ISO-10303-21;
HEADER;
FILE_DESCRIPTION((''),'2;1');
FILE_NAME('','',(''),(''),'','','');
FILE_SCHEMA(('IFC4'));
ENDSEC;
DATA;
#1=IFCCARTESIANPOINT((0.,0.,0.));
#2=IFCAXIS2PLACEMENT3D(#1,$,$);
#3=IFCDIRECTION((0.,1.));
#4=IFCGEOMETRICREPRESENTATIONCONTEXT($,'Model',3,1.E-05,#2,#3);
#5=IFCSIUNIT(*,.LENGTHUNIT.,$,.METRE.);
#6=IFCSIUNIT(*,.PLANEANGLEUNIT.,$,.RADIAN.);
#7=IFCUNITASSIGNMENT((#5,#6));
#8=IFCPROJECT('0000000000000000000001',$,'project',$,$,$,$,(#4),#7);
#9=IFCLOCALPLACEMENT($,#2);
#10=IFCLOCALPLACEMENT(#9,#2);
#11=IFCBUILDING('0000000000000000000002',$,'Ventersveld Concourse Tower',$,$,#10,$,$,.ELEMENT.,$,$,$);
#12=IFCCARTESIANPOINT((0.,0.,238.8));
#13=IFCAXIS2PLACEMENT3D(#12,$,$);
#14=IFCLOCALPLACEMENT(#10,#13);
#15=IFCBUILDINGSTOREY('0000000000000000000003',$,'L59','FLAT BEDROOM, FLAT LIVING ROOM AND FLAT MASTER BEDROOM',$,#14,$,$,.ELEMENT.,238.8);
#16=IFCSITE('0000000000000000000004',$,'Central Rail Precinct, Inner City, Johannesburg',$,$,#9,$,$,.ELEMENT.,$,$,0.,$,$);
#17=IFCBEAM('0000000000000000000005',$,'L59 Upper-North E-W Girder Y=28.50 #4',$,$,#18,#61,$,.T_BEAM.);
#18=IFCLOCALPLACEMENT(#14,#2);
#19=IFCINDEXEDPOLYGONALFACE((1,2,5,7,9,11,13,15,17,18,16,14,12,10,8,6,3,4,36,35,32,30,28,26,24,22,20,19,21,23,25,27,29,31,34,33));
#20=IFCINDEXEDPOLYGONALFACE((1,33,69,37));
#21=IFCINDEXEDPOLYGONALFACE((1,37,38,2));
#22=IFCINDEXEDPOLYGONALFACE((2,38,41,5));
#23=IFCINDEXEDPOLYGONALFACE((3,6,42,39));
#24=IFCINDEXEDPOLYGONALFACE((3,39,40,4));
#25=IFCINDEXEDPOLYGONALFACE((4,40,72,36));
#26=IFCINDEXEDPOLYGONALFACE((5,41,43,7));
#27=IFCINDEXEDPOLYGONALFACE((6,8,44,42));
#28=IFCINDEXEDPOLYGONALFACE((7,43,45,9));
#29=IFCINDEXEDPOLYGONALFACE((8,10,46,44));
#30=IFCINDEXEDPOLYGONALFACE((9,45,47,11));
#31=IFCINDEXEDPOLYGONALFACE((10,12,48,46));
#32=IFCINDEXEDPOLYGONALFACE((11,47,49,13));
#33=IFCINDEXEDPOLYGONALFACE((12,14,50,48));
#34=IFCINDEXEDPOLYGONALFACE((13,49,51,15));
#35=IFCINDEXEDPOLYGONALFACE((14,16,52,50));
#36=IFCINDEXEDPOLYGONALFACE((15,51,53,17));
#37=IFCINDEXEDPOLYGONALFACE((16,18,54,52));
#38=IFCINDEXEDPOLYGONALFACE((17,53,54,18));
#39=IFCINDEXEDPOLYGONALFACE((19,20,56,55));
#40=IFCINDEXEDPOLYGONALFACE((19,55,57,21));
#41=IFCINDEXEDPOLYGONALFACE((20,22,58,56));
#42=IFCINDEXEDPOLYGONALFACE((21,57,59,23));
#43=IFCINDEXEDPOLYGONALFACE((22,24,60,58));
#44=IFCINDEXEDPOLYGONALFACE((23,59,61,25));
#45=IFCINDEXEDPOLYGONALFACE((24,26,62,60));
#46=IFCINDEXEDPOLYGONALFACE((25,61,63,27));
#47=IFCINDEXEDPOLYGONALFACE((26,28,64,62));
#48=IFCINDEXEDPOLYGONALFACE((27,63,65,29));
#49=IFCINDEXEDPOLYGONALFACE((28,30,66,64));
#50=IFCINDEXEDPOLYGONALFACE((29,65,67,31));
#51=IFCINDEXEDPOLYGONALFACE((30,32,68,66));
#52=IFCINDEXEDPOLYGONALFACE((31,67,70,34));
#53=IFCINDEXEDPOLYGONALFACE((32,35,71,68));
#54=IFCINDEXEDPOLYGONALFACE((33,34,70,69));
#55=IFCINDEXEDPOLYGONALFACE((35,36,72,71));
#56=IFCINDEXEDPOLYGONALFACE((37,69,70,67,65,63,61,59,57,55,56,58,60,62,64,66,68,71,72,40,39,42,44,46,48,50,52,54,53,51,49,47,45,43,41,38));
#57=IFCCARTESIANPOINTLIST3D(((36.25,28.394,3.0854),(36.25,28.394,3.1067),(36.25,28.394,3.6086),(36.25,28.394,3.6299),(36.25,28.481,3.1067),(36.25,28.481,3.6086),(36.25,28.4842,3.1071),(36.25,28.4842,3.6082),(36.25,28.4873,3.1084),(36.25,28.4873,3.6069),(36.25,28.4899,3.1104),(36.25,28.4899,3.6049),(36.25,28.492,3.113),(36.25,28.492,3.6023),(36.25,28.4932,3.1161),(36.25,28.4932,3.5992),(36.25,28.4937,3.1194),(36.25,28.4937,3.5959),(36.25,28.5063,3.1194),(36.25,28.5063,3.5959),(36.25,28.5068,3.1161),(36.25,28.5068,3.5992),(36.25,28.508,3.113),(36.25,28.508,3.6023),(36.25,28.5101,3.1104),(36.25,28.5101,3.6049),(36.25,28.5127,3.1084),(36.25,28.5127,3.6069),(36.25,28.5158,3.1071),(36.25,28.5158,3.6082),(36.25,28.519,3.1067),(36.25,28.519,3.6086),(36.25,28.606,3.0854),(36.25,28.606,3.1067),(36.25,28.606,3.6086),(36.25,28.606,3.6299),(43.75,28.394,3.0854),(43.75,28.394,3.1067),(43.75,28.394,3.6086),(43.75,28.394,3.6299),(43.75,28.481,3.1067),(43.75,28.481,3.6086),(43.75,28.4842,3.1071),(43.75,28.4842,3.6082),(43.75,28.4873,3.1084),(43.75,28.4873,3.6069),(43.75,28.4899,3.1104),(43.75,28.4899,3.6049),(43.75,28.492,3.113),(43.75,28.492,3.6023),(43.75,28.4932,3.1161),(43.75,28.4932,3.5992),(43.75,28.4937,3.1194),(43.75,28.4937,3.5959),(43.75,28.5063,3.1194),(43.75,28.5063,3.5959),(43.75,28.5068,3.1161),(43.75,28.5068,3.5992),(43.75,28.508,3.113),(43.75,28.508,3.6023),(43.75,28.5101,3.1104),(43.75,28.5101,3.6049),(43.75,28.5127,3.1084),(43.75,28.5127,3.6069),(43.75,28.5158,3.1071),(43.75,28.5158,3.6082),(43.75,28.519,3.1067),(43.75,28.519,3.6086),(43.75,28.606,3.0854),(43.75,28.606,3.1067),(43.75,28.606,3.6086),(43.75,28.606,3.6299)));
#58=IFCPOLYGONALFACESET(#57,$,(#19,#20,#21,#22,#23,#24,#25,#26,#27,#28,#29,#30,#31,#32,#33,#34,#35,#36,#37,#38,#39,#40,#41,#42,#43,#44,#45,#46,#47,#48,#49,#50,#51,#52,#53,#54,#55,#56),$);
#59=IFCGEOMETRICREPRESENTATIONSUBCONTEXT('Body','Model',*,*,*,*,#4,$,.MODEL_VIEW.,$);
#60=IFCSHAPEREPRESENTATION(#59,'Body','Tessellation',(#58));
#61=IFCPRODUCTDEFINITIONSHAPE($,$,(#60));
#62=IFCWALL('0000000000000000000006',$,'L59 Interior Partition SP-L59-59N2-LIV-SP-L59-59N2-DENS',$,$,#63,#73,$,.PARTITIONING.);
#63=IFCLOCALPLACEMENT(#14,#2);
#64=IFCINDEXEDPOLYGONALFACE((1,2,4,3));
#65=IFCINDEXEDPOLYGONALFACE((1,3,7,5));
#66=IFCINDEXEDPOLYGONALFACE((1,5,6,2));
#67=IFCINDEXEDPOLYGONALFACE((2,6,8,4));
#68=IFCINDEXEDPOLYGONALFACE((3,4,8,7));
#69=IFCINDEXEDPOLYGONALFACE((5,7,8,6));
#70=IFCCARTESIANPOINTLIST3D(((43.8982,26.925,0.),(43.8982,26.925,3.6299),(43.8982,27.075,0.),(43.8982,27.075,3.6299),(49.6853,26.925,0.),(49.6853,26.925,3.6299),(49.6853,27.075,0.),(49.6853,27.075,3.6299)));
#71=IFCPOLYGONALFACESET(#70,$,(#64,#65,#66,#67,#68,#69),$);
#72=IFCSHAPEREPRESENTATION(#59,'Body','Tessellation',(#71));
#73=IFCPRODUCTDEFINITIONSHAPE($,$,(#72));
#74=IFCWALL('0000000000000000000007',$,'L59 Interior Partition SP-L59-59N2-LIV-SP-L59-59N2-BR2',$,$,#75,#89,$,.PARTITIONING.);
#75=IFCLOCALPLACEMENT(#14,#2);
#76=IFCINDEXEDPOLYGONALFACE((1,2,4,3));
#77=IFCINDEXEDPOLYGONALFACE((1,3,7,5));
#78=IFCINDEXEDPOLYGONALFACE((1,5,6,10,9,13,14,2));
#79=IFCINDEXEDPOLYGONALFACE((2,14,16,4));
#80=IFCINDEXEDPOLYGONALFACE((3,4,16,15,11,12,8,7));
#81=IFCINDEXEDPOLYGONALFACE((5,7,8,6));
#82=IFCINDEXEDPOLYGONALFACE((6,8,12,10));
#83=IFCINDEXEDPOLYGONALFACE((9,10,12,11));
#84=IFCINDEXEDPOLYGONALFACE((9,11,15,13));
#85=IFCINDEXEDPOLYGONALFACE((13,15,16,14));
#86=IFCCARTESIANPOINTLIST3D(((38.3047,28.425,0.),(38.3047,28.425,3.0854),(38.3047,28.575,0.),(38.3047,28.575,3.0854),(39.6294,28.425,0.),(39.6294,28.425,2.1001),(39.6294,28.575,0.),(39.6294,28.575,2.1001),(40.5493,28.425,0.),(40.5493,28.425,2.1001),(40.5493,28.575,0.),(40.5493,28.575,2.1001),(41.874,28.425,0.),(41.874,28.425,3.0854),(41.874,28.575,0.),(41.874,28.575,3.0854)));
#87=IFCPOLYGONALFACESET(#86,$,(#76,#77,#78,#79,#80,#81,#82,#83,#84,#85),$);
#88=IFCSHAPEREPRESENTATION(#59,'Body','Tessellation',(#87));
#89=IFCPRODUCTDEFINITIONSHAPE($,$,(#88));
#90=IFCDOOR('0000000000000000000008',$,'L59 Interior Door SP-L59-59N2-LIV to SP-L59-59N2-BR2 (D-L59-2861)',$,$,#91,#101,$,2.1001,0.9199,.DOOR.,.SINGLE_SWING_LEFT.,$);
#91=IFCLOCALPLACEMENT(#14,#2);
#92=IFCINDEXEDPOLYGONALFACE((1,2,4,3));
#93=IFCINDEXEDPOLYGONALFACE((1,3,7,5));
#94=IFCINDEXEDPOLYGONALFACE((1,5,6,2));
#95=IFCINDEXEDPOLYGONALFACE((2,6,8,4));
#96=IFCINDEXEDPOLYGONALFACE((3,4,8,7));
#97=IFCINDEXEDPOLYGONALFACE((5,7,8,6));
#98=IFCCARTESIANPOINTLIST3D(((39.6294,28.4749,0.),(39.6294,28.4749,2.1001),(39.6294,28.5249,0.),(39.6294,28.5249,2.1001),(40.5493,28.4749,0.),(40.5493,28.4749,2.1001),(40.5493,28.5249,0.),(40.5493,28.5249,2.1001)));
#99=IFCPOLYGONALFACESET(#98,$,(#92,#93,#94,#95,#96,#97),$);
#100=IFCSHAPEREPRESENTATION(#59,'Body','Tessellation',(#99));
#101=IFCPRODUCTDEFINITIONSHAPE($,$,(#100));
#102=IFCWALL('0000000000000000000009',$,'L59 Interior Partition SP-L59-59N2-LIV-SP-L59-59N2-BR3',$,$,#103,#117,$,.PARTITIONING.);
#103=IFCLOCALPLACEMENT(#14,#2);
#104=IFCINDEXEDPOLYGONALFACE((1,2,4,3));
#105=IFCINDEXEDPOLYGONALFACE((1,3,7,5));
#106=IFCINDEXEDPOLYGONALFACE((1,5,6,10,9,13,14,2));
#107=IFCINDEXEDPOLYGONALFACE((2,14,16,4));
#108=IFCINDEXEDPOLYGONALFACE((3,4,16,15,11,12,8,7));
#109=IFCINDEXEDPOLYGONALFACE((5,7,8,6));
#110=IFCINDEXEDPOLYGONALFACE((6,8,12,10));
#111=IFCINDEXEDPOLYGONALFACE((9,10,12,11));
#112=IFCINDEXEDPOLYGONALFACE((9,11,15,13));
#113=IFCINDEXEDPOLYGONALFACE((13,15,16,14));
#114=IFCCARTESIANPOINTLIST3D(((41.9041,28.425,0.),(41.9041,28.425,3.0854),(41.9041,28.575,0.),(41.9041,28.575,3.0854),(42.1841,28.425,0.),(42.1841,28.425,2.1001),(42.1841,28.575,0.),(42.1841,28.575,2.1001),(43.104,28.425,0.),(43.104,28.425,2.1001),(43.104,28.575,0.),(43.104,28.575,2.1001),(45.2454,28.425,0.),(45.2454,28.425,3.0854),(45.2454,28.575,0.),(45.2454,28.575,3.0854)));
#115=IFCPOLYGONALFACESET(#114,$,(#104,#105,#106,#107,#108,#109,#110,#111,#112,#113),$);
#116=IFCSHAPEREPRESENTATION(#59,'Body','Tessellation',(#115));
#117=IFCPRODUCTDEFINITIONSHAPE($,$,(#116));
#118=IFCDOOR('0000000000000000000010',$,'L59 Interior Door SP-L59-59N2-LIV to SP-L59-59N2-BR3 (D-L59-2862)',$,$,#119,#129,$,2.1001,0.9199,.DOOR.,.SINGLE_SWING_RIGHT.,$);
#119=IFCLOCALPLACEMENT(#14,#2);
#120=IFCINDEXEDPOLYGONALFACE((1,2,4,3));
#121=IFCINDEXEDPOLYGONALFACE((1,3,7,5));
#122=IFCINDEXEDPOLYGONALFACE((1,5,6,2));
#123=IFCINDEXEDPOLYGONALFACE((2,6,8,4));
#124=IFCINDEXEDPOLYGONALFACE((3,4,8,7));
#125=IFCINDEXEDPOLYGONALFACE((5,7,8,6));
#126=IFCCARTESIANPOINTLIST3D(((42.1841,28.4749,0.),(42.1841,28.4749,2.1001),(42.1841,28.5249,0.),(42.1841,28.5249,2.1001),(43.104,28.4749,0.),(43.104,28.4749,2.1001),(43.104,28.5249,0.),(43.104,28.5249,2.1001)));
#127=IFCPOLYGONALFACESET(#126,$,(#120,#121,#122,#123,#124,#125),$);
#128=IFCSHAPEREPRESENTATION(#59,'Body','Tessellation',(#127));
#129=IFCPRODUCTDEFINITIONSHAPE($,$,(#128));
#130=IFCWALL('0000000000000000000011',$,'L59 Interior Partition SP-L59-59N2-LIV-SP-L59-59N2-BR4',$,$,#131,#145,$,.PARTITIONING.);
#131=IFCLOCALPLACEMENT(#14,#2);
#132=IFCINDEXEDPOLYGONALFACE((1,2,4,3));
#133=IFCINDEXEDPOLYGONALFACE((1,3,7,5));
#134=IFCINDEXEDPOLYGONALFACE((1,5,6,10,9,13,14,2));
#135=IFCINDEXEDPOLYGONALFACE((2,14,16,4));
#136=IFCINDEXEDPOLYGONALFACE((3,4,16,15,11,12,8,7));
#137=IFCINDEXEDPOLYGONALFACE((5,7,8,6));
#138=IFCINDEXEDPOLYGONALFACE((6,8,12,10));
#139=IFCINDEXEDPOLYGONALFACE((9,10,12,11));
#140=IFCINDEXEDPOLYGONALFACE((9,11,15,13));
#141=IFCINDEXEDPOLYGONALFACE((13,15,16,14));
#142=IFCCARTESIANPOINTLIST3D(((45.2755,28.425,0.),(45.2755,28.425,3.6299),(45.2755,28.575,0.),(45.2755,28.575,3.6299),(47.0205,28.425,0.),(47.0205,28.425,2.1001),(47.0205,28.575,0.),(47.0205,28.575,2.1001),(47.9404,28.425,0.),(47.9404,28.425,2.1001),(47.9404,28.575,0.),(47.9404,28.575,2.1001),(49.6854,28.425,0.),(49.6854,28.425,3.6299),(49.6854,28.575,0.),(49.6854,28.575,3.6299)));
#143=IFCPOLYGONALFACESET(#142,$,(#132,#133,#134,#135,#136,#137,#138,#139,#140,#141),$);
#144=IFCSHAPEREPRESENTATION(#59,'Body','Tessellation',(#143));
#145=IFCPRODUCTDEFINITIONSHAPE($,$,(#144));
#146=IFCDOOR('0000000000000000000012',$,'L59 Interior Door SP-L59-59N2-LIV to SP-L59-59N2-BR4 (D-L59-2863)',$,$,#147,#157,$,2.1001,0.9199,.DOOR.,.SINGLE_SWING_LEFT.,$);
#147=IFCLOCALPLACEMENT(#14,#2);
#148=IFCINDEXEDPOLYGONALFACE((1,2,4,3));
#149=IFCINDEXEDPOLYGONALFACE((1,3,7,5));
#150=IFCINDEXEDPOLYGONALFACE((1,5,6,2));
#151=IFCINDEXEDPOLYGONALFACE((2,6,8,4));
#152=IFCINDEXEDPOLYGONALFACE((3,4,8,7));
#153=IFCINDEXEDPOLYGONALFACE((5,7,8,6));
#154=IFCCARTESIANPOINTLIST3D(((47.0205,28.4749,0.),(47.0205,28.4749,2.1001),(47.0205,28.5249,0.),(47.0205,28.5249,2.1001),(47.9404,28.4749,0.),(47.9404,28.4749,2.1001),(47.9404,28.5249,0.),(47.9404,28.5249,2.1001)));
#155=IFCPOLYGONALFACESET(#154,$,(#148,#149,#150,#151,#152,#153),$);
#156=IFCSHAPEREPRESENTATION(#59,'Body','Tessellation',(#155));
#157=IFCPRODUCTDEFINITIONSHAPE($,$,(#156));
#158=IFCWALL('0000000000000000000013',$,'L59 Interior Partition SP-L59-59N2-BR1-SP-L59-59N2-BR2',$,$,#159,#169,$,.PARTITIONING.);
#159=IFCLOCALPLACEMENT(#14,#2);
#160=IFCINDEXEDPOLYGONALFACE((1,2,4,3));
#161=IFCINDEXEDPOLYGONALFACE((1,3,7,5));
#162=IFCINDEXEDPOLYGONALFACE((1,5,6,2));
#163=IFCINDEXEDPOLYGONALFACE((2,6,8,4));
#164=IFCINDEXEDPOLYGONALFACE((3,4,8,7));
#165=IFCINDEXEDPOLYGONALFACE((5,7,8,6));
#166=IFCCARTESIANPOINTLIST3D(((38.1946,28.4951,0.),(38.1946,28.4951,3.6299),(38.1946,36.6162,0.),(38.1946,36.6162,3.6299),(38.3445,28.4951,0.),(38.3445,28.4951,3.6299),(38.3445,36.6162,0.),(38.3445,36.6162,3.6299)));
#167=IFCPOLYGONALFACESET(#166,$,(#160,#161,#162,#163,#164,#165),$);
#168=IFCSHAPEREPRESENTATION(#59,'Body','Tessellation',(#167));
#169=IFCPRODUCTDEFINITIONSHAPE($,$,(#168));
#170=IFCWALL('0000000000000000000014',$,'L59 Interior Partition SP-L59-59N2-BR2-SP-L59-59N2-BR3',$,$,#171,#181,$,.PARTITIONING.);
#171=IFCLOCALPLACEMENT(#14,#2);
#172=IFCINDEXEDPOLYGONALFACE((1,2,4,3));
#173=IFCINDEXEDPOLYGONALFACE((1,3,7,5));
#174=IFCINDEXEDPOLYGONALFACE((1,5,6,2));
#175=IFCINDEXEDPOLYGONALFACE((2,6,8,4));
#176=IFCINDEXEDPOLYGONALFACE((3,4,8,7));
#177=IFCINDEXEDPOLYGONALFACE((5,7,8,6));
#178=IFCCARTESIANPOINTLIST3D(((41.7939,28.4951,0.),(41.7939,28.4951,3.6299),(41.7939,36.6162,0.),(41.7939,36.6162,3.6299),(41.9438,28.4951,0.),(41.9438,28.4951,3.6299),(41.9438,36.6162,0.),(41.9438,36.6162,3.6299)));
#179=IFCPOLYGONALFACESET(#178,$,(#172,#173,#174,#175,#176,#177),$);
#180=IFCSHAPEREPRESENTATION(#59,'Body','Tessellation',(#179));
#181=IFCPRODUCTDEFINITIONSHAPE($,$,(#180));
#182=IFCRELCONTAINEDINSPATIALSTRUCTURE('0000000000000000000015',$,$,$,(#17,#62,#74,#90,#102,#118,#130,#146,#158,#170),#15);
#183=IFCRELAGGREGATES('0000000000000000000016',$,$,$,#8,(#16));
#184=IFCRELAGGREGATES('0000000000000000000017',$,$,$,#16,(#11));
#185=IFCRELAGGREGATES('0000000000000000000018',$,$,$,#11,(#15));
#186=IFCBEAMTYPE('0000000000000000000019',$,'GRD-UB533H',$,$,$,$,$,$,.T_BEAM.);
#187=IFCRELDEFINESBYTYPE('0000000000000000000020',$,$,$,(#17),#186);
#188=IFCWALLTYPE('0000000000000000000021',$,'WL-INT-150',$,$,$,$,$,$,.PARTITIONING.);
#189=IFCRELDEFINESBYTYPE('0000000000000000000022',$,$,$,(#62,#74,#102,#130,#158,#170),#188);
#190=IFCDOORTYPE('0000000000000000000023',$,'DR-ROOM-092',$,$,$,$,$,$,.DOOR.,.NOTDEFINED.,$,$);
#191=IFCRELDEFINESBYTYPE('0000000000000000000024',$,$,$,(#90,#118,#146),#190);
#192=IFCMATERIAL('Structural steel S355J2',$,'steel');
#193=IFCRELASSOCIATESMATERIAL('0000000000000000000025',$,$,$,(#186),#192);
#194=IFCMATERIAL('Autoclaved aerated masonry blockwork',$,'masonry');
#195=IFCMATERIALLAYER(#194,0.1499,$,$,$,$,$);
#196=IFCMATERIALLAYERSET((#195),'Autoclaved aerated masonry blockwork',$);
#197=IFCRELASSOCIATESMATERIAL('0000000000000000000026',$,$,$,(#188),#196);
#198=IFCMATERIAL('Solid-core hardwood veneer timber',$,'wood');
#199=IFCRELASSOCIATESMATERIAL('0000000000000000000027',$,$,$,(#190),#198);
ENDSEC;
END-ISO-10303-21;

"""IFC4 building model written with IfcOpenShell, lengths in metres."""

from ifc_helpers import new_model, si_unit, direction, frame, frame_2d, origin, origin_2d, place, context, subcontext, project, spatial, rectangle, i_section, extrude, material, layer, layer_set, material_profile, profile_set, type_object, element, fill, save


model = new_model("IFC4")

# Units and contexts
model_context = context("Model", 3, precision=1e-05, world=origin(), true_north=direction((0.0, 1.0)))
body_context = subcontext(model_context, "Body", "Model", "MODEL_VIEW")
ifc_project = project(units=[si_unit("LENGTHUNIT", "METRE"), si_unit("PLANEANGLEUNIT", "RADIAN")], contexts=[model_context])

# Site, building, storey
site_placement = place(None, origin())
site = spatial("IfcSite", under=ifc_project, at=site_placement, Name="Central Rail Precinct, Inner City, Johannesburg", CompositionType="ELEMENT", RefElevation=0.0)
building_placement = place(site_placement, origin())
building = spatial("IfcBuilding", under=site, at=building_placement, Name="Ventersveld Concourse Tower", CompositionType="ELEMENT")
storey_placement = place(building_placement, frame((0.0, 0.0, 238.8)))
storey = spatial("IfcBuildingStorey", under=building, at=storey_placement, Name="L59", Description="FLAT BEDROOM, FLAT LIVING ROOM AND FLAT MASTER BEDROOM", CompositionType="ELEMENT", Elevation=238.8)

# Beam
ifc_material_1 = material(Name="Structural steel S355J2", Category="steel")
ifc_material_profile_1 = material_profile(ifc_material_1, i_section(OverallWidth=0.2119, OverallDepth=0.5444, WebThickness=0.0127, FlangeThickness=0.0212, FilletRadius=0.0127, at=origin_2d()), Name="UB 533x210x122")
ifc_profile_set_1 = profile_set([ifc_material_profile_1], Name="Structural steel S355J2")
beam_type_1 = type_object("IfcBeamType", Name="GRD-UB533H", PredefinedType="T_BEAM", material=ifc_profile_set_1)
beam_1_placement = place(storey_placement, frame((36.25, 28.5, 3.3577), z_axis=(1.0, 0.0, 0.0), x_axis=(0.0, 1.0, 0.0)))
element("IfcBeam", 1, at=beam_1_placement, inside=storey, type_object=beam_type_1, Name="L59 Upper-North E-W Girder Y=28.50 #4", PredefinedType="T_BEAM", context=body_context, shape_type="SweptSolid", body=[
    extrude(i_section(OverallWidth=0.2119, OverallDepth=0.5444, WebThickness=0.0127, FlangeThickness=0.0212, FilletRadius=0.0127, at=origin_2d()), origin(), (0.0, 0.0, 1.0), 7.5),
])

# Wall
ifc_material_2 = material(Name="Autoclaved aerated masonry blockwork", Category="masonry")
ifc_layer_1 = layer(ifc_material_2, 0.1499)
ifc_layer_set_1 = layer_set([ifc_layer_1], Name="Autoclaved aerated masonry blockwork")
wall_type_1 = type_object("IfcWallType", Name="WL-INT-150", PredefinedType="PARTITIONING", material=ifc_layer_set_1)
wall_1_placement = place(storey_placement, frame((43.8982, 27.0, 0.0), z_axis=(0.0, 0.0, 1.0), x_axis=(1.0, 0.0, 0.0)))
element("IfcWall", 2, at=wall_1_placement, inside=storey, type_object=wall_type_1, Name="L59 Interior Partition SP-L59-59N2-LIV-SP-L59-59N2-DENS", PredefinedType="PARTITIONING", context=body_context, shape_type="SweptSolid", body=[
    extrude(rectangle(XDim=5.7871, YDim=0.1499, at=frame_2d((2.8936, 0.0))), origin(), (0.0, 0.0, 1.0), 3.6299),
])

# Walls, openings, doors
wall_2_placement = place(storey_placement, frame((38.3047, 28.5, 0.0), z_axis=(0.0, 0.0, 1.0), x_axis=(1.0, 0.0, 0.0)))
wall_2 = element("IfcWall", 3, at=wall_2_placement, inside=storey, type_object=wall_type_1, Name="L59 Interior Partition SP-L59-59N2-LIV-SP-L59-59N2-BR2", PredefinedType="PARTITIONING", context=body_context, shape_type="SweptSolid", body=[
    extrude(rectangle(XDim=3.5693, YDim=0.1499, at=frame_2d((1.7847, 0.0))), origin(), (0.0, 0.0, 1.0), 3.0854),
])
opening_1_placement = place(wall_2_placement, frame((1.3247, 0.0, 0.0)))
opening_1 = element("IfcOpeningElement", 4, at=opening_1_placement, cuts=wall_2, PredefinedType="OPENING", context=body_context, shape_type="SweptSolid", body=[
    extrude(rectangle(XDim=0.9199, YDim=2.1001, at=frame_2d((0.46, 1.05))), frame((0.0, 0.085, 0.0), z_axis=(0.0, -1.0, 0.0), x_axis=(1.0, 0.0, 0.0)), (0.0, 0.0, 1.0), 0.1699),
])
ifc_material_3 = material(Name="Solid-core hardwood veneer timber", Category="wood")
door_type = type_object("IfcDoorType", Name="DR-ROOM-092", OperationType="NOTDEFINED", PredefinedType="DOOR", material=ifc_material_3)
door_1_placement = place(opening_1_placement, origin())
door_1 = element("IfcDoor", 5, at=door_1_placement, inside=storey, type_object=door_type, Name="L59 Interior Door SP-L59-59N2-LIV to SP-L59-59N2-BR2 (D-L59-2861)", OperationType="SINGLE_SWING_LEFT", OverallHeight=2.1001, OverallWidth=0.9199, PredefinedType="DOOR", context=body_context, shape_type="SweptSolid", body=[
    extrude(rectangle(XDim=0.9199, YDim=2.1001, at=frame_2d((0.46, 1.05))), frame((0.0, 0.0249, 0.0), z_axis=(0.0, -1.0, 0.0), x_axis=(1.0, 0.0, 0.0)), (0.0, 0.0, 1.0), 0.05),
])
fill(opening_1, door_1)
wall_3_placement = place(storey_placement, frame((41.9041, 28.5, 0.0), z_axis=(0.0, 0.0, 1.0), x_axis=(1.0, 0.0, 0.0)))
wall_3 = element("IfcWall", 6, at=wall_3_placement, inside=storey, type_object=wall_type_1, Name="L59 Interior Partition SP-L59-59N2-LIV-SP-L59-59N2-BR3", PredefinedType="PARTITIONING", context=body_context, shape_type="SweptSolid", body=[
    extrude(rectangle(XDim=3.3413, YDim=0.1499, at=frame_2d((1.6707, 0.0))), origin(), (0.0, 0.0, 1.0), 3.0854),
])
opening_2_placement = place(wall_3_placement, frame((0.28, 0.0, 0.0)))
opening_2 = element("IfcOpeningElement", 7, at=opening_2_placement, cuts=wall_3, PredefinedType="OPENING", context=body_context, shape_type="SweptSolid", body=[
    extrude(rectangle(XDim=0.9199, YDim=2.1001, at=frame_2d((0.46, 1.05))), frame((0.0, 0.085, 0.0), z_axis=(0.0, -1.0, 0.0), x_axis=(1.0, 0.0, 0.0)), (0.0, 0.0, 1.0), 0.1699),
])
door_2_placement = place(opening_2_placement, origin())
door_2 = element("IfcDoor", 8, at=door_2_placement, inside=storey, type_object=door_type, Name="L59 Interior Door SP-L59-59N2-LIV to SP-L59-59N2-BR3 (D-L59-2862)", OperationType="SINGLE_SWING_RIGHT", OverallHeight=2.1001, OverallWidth=0.9199, PredefinedType="DOOR", context=body_context, shape_type="SweptSolid", body=[
    extrude(rectangle(XDim=0.9199, YDim=2.1001, at=frame_2d((0.46, 1.05))), frame((0.0, 0.0249, 0.0), z_axis=(0.0, -1.0, 0.0), x_axis=(1.0, 0.0, 0.0)), (0.0, 0.0, 1.0), 0.05),
])
fill(opening_2, door_2)
wall_4_placement = place(storey_placement, frame((45.2754, 28.5, 0.0), z_axis=(0.0, 0.0, 1.0), x_axis=(1.0, 0.0, 0.0)))
wall_4 = element("IfcWall", 9, at=wall_4_placement, inside=storey, type_object=wall_type_1, Name="L59 Interior Partition SP-L59-59N2-LIV-SP-L59-59N2-BR4", PredefinedType="PARTITIONING", context=body_context, shape_type="SweptSolid", body=[
    extrude(rectangle(XDim=4.4099, YDim=0.1499, at=frame_2d((2.2051, 0.0))), origin(), (0.0, 0.0, 1.0), 3.6299),
])
opening_3_placement = place(wall_4_placement, frame((1.7451, 0.0, 0.0)))
opening_3 = element("IfcOpeningElement", 10, at=opening_3_placement, cuts=wall_4, PredefinedType="OPENING", context=body_context, shape_type="SweptSolid", body=[
    extrude(rectangle(XDim=0.9199, YDim=2.1001, at=frame_2d((0.46, 1.05))), frame((0.0, 0.085, 0.0), z_axis=(0.0, -1.0, 0.0), x_axis=(1.0, 0.0, 0.0)), (0.0, 0.0, 1.0), 0.1699),
])
door_3_placement = place(opening_3_placement, origin())
door_3 = element("IfcDoor", 11, at=door_3_placement, inside=storey, type_object=door_type, Name="L59 Interior Door SP-L59-59N2-LIV to SP-L59-59N2-BR4 (D-L59-2863)", OperationType="SINGLE_SWING_LEFT", OverallHeight=2.1001, OverallWidth=0.9199, PredefinedType="DOOR", context=body_context, shape_type="SweptSolid", body=[
    extrude(rectangle(XDim=0.9199, YDim=2.1001, at=frame_2d((0.46, 1.05))), frame((0.0, 0.0249, 0.0), z_axis=(0.0, -1.0, 0.0), x_axis=(1.0, 0.0, 0.0)), (0.0, 0.0, 1.0), 0.05),
])
fill(opening_3, door_3)

# Walls
for number, where, z_axis, x_axis, name in (
    (12, (38.2695, 28.4951, 0.0), (0.0, 0.0, 1.0), (0.0, 1.0, 0.0), "L59 Interior Partition SP-L59-59N2-BR1-SP-L59-59N2-BR2"),
    (13, (41.8689, 28.4951, 0.0), (0.0, 0.0, 1.0), (0.0, 1.0, 0.0), "L59 Interior Partition SP-L59-59N2-BR2-SP-L59-59N2-BR3"),
):
    element("IfcWall", number, at=place(storey_placement, frame(where, z_axis=z_axis, x_axis=x_axis)), inside=storey, type_object=wall_type_1, Name=name, PredefinedType="PARTITIONING", context=body_context, shape_type="SweptSolid", body=[
        extrude(rectangle(XDim=8.1211, YDim=0.1499, at=frame_2d((4.0605, 0.0))), origin(), (0.0, 0.0, 1.0), 3.6299),
    ])

save(model, "model.ifc")
